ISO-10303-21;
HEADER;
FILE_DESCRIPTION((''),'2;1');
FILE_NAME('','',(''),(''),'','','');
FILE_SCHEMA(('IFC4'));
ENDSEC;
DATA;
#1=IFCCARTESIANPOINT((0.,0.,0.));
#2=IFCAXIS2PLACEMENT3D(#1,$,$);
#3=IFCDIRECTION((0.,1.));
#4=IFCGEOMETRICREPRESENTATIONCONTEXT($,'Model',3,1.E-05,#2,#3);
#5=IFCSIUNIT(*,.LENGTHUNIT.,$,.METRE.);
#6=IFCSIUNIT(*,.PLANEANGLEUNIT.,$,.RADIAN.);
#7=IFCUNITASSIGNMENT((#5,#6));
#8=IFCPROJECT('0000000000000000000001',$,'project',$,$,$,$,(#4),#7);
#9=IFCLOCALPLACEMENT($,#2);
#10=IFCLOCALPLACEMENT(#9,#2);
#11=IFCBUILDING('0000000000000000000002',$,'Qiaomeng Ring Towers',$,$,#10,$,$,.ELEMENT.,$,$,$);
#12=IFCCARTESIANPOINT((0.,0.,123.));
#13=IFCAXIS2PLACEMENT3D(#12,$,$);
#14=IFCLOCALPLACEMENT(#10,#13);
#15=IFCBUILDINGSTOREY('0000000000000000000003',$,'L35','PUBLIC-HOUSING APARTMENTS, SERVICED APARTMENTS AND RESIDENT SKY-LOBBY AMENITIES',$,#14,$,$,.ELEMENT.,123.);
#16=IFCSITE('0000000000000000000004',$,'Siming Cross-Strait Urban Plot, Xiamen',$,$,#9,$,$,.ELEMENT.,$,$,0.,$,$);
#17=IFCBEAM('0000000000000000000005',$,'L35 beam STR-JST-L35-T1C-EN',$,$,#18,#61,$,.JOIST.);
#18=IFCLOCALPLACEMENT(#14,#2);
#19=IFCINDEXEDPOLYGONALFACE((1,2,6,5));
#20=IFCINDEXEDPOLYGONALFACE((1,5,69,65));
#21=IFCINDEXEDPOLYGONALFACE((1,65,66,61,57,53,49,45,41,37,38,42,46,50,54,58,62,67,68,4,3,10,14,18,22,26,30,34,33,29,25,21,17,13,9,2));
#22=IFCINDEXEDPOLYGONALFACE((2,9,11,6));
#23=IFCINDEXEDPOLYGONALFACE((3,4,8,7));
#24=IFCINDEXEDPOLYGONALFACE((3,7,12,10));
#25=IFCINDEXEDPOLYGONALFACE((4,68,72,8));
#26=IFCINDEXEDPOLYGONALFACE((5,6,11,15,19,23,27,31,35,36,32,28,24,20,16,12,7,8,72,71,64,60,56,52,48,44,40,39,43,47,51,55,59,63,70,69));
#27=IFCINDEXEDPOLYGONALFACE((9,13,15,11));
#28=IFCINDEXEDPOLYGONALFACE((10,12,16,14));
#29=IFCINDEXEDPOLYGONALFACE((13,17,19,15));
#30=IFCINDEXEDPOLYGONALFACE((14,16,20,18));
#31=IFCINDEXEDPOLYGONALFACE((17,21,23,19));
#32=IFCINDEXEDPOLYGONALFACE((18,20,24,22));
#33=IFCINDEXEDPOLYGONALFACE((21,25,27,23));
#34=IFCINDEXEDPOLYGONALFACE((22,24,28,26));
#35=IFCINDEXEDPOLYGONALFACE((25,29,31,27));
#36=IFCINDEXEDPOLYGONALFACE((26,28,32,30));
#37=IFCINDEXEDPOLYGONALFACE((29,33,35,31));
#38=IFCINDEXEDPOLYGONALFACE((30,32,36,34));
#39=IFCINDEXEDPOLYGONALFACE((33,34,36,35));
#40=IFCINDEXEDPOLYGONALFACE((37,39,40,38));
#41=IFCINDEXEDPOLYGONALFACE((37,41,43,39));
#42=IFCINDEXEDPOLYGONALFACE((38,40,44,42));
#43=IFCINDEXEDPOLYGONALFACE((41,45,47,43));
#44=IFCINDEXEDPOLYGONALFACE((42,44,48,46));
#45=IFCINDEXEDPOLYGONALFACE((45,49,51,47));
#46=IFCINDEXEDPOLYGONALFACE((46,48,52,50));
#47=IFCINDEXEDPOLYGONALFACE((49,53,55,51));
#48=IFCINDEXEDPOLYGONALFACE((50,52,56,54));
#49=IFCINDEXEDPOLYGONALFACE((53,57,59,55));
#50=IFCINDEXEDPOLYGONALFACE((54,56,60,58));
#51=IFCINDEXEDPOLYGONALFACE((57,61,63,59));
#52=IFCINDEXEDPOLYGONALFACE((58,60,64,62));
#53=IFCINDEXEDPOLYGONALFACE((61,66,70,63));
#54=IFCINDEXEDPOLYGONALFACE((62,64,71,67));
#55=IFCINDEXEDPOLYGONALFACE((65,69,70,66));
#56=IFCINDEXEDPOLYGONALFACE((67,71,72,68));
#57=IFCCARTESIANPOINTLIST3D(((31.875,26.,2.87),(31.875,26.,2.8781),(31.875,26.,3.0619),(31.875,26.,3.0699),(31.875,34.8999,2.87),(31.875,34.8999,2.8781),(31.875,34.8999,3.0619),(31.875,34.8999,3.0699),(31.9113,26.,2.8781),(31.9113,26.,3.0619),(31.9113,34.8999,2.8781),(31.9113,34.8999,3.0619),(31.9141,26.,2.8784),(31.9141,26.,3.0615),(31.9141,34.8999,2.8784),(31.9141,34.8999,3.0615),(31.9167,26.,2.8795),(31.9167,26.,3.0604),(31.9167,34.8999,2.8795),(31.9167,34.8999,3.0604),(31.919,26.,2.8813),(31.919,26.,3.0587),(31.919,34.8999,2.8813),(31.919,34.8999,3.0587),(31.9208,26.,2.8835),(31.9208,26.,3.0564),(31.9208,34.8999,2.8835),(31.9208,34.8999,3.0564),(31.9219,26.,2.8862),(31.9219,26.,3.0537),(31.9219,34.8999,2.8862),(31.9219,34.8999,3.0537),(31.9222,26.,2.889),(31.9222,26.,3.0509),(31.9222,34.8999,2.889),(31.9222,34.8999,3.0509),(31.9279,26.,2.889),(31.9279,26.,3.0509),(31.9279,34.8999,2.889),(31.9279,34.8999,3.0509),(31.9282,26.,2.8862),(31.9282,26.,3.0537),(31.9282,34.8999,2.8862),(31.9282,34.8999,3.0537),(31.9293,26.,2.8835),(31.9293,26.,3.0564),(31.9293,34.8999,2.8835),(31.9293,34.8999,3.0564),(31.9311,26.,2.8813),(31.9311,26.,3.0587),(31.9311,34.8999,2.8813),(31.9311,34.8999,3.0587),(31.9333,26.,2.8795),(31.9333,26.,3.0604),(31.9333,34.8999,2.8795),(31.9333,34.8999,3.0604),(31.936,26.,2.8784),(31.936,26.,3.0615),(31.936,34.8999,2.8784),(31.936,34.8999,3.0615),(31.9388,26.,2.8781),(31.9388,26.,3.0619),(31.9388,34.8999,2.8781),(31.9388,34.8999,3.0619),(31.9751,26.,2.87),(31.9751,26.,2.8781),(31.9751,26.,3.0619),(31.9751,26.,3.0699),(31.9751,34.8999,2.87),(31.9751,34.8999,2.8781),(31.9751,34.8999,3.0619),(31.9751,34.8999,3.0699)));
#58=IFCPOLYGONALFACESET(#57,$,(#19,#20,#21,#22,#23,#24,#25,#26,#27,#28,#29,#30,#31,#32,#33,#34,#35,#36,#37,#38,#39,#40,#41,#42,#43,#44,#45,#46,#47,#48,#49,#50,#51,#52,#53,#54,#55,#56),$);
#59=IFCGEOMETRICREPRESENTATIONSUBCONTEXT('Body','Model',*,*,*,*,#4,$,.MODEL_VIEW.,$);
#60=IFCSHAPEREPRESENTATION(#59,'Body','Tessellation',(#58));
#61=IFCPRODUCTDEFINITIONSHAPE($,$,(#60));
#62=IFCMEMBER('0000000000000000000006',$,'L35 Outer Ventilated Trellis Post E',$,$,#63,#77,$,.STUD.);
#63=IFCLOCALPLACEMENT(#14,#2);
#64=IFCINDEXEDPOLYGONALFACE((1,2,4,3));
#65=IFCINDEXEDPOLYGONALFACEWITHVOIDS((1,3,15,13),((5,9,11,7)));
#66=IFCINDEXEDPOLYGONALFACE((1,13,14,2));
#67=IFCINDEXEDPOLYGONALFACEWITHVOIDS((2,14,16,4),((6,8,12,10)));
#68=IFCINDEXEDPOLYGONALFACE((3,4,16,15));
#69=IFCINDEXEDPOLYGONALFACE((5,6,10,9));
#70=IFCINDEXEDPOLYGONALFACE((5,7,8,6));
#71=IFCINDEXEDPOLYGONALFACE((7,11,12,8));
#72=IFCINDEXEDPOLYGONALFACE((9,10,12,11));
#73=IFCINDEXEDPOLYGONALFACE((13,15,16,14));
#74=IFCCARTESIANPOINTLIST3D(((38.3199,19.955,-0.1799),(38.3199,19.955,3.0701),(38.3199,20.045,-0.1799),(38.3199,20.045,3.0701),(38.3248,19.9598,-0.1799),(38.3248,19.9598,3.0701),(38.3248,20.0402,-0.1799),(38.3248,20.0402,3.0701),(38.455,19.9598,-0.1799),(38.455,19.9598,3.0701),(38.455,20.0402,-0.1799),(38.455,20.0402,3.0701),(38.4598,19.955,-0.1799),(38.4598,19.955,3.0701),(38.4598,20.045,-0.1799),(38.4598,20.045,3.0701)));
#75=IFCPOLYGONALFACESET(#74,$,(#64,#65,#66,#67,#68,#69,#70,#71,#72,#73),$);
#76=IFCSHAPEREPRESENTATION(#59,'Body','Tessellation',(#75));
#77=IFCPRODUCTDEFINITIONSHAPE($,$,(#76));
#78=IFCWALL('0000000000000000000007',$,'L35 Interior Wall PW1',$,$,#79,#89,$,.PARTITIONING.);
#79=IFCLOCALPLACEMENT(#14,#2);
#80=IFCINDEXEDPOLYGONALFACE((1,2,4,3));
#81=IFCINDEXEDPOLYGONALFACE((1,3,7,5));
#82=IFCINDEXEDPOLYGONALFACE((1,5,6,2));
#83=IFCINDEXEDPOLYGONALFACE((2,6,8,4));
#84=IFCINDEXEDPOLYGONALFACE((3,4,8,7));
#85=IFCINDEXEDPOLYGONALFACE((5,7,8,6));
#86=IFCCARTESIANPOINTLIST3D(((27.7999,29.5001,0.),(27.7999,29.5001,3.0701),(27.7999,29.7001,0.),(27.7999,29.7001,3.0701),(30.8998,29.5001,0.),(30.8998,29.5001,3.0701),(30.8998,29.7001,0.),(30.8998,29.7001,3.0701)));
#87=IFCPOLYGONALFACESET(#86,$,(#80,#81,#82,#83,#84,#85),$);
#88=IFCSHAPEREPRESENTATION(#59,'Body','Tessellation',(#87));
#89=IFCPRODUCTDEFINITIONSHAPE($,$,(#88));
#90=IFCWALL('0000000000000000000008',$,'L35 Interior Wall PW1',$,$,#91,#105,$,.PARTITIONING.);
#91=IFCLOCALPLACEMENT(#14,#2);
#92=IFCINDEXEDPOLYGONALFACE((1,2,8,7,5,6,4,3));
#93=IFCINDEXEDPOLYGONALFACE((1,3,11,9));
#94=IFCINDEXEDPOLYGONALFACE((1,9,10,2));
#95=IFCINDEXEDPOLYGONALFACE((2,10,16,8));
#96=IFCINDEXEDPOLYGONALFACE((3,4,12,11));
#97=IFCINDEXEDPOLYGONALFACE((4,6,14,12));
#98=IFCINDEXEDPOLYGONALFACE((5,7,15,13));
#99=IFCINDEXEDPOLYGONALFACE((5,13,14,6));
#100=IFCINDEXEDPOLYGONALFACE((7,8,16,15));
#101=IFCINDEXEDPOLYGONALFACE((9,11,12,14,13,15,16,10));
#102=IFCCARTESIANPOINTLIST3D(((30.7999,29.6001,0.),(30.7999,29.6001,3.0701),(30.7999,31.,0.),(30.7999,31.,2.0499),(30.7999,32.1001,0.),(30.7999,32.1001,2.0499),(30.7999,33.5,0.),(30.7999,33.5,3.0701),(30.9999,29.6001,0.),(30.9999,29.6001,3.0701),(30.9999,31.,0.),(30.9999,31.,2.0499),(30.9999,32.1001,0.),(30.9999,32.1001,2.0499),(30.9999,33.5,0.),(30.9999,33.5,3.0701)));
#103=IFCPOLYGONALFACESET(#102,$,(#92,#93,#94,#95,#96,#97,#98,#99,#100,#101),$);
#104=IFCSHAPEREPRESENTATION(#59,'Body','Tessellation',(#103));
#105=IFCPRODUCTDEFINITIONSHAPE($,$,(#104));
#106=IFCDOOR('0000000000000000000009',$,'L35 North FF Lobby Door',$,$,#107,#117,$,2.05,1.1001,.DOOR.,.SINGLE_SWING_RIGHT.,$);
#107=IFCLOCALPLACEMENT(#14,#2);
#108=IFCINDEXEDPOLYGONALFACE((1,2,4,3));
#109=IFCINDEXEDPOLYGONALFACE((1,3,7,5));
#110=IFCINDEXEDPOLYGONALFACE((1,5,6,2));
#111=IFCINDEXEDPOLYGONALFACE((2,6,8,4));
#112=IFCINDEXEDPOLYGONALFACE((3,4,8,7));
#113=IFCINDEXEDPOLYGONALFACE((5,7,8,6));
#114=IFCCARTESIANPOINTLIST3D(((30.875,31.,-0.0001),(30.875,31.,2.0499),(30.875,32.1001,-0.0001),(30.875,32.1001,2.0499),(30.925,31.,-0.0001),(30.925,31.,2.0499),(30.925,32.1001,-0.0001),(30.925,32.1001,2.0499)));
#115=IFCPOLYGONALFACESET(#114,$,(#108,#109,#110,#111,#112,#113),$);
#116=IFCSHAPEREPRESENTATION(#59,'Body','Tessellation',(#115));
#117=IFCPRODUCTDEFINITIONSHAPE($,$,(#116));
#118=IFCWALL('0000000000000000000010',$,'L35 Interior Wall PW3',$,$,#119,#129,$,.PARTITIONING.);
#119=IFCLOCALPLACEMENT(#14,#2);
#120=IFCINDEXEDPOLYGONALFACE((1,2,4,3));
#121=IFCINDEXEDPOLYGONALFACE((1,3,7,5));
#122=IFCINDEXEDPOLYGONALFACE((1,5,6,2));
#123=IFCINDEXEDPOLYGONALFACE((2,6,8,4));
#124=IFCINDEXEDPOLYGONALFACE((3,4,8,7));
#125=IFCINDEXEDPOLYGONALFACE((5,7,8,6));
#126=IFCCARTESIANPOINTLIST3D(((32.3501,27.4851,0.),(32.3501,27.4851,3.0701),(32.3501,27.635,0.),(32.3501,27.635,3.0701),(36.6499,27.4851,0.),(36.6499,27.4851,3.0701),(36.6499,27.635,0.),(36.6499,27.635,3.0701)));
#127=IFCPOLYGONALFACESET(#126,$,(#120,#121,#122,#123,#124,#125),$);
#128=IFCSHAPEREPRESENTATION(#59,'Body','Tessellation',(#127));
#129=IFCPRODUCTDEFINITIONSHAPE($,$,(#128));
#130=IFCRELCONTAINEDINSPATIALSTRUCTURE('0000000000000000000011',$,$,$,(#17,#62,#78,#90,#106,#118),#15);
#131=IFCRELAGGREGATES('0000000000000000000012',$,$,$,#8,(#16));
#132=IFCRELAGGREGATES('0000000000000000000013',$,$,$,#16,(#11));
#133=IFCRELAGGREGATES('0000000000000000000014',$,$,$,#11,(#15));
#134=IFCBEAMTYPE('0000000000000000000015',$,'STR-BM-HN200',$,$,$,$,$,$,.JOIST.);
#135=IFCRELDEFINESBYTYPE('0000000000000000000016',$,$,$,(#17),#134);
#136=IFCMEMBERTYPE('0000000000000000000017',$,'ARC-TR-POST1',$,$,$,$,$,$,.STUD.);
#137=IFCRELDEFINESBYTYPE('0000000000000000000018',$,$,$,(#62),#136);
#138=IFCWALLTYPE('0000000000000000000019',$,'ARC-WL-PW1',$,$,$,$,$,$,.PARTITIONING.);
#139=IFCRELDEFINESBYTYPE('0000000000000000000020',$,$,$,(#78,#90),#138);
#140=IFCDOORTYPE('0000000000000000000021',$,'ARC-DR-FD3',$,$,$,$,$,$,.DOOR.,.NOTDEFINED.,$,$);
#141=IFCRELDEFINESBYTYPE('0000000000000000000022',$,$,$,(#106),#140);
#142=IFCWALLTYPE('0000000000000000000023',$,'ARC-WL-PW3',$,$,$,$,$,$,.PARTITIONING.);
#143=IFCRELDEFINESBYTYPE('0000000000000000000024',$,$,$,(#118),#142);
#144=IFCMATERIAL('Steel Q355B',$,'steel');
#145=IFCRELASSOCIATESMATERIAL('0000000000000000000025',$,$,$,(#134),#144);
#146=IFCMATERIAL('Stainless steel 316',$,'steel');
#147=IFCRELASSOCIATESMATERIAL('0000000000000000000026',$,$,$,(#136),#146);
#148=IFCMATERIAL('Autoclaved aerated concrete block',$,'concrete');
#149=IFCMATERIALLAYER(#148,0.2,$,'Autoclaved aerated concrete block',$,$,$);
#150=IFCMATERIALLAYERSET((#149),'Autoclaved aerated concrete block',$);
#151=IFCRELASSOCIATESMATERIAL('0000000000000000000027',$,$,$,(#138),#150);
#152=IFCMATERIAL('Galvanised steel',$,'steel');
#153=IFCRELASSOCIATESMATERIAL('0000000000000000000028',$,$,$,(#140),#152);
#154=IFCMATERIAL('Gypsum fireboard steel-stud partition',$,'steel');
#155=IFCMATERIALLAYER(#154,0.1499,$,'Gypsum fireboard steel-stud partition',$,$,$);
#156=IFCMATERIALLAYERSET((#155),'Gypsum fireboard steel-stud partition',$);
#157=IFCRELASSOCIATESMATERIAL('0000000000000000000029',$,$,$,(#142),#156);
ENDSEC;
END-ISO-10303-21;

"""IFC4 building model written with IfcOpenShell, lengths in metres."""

from ifc_helpers import new_model, si_unit, direction, frame, frame_2d, origin, origin_2d, place, context, subcontext, project, spatial, rectangle, hollow_rectangle, i_section, extrude, source, transform, mapped, material, layer, layer_set, material_profile, profile_set, type_object, element, fill, save


model = new_model("IFC4")

# Units and contexts
model_context = context("Model", 3, precision=1e-05, world=origin(), true_north=direction((0.0, 1.0)))
body_context = subcontext(model_context, "Body", "Model", "MODEL_VIEW")
ifc_project = project(units=[si_unit("LENGTHUNIT", "METRE"), si_unit("PLANEANGLEUNIT", "RADIAN")], contexts=[model_context])

# Site, building, storey
site_placement = place(None, origin())
site = spatial("IfcSite", under=ifc_project, at=site_placement, Name="Siming Cross-Strait Urban Plot, Xiamen", CompositionType="ELEMENT", RefElevation=0.0)
building_placement = place(site_placement, origin())
building = spatial("IfcBuilding", under=site, at=building_placement, Name="Qiaomeng Ring Towers", CompositionType="ELEMENT")
storey_placement = place(building_placement, frame((0.0, 0.0, 123.0)))
storey = spatial("IfcBuildingStorey", under=building, at=storey_placement, Name="L35", Description="PUBLIC-HOUSING APARTMENTS, SERVICED APARTMENTS AND RESIDENT SKY-LOBBY AMENITIES", CompositionType="ELEMENT", Elevation=123.0)

# Beam
ifc_material_1 = material(Name="Steel Q355B", Category="steel")
ifc_material_profile_1 = material_profile(ifc_material_1, i_section(OverallWidth=0.1001, OverallDepth=0.2, WebThickness=0.0056, FlangeThickness=0.0081, FilletRadius=0.011, at=origin_2d()), Name="HN 200x100x5.5x8")
ifc_profile_set_1 = profile_set([ifc_material_profile_1], Name="Steel Q355B")
beam_type_1 = type_object("IfcBeamType", Name="STR-BM-HN200", PredefinedType="JOIST", material=ifc_profile_set_1)
shared_shape_1 = source(origin(), body_context, "Body", "SweptSolid", [
    extrude(i_section(OverallWidth=0.1001, OverallDepth=0.2, WebThickness=0.0056, FlangeThickness=0.0081, FilletRadius=0.011, at=origin_2d()), origin(), (0.0, 0.0, 1.0), 8.8999),
])
beam_1_placement = place(storey_placement, frame((31.925, 26.0, 2.97), z_axis=(0.0, 1.0, 0.0), x_axis=(-1.0, 0.0, 0.0)))
element("IfcBeam", 1, at=beam_1_placement, inside=storey, type_object=beam_type_1, Name="L35 beam STR-JST-L35-T1C-EN", PredefinedType="JOIST", context=body_context, shape_type="MappedRepresentation", body=[
    mapped(shared_shape_1, transform((0.0, 0.0, 0.0), x_axis=(1.0, 0.0, 0.0), y_axis=(0.0, 1.0, 0.0), z_axis=(0.0, 0.0, 1.0), scale=1.0)),
])

# Member
ifc_material_2 = material(Name="Stainless steel 316", Category="steel")
ifc_material_profile_2 = material_profile(ifc_material_2, hollow_rectangle(XDim=0.0901, YDim=0.1399, WallThickness=0.0049, at=origin_2d()), Name="SS TRELLIS 90x140")
ifc_profile_set_2 = profile_set([ifc_material_profile_2], Name="Stainless steel 316")
member_type = type_object("IfcMemberType", Name="ARC-TR-POST1", PredefinedType="STUD", material=ifc_profile_set_2)
shared_shape_2 = source(origin(), body_context, "Body", "SweptSolid", [
    extrude(hollow_rectangle(XDim=0.0901, YDim=0.1399, WallThickness=0.0049, at=origin_2d()), origin(), (0.0, 0.0, 1.0), 3.25),
])
member_placement = place(storey_placement, frame((38.3899, 20.0, -0.1799), z_axis=(0.0, 0.0, 1.0), x_axis=(0.0, 1.0, 0.0)))
element("IfcMember", 2, at=member_placement, inside=storey, type_object=member_type, Name="L35 Outer Ventilated Trellis Post E", PredefinedType="STUD", context=body_context, shape_type="MappedRepresentation", body=[
    mapped(shared_shape_2, transform((0.0, 0.0, 0.0), x_axis=(1.0, 0.0, 0.0), y_axis=(0.0, 1.0, 0.0), z_axis=(0.0, 0.0, 1.0), scale=1.0)),
])

# Wall
ifc_material_3 = material(Name="Autoclaved aerated concrete block", Category="concrete")
ifc_layer_1 = layer(ifc_material_3, 0.2, Name="Autoclaved aerated concrete block")
ifc_layer_set_1 = layer_set([ifc_layer_1], Name="Autoclaved aerated concrete block")
wall_type_1 = type_object("IfcWallType", Name="ARC-WL-PW1", PredefinedType="PARTITIONING", material=ifc_layer_set_1)
wall_1_placement = place(storey_placement, frame((27.8, 29.6001, 0.0), z_axis=(0.0, 0.0, 1.0), x_axis=(1.0, 0.0, 0.0)))
element("IfcWall", 3, at=wall_1_placement, inside=storey, type_object=wall_type_1, Name="L35 Interior Wall PW1", PredefinedType="PARTITIONING", context=body_context, shape_type="SweptSolid", body=[
    extrude(rectangle(XDim=3.0999, YDim=0.2, at=frame_2d((1.5498, 0.0))), origin(), (0.0, 0.0, 1.0), 3.0701),
])

# Wall, opening, door
wall_2_placement = place(storey_placement, frame((30.8999, 29.6001, 0.0), z_axis=(0.0, 0.0, 1.0), x_axis=(0.0, 1.0, 0.0)))
wall_2 = element("IfcWall", 4, at=wall_2_placement, inside=storey, type_object=wall_type_1, Name="L35 Interior Wall PW1", PredefinedType="PARTITIONING", context=body_context, shape_type="SweptSolid", body=[
    extrude(rectangle(XDim=3.8999, YDim=0.2, at=frame_2d((1.95, 0.0))), origin(), (0.0, 0.0, 1.0), 3.0701),
])
opening_1_placement = place(wall_2_placement, frame((1.3999, 0.0, 0.0)))
opening_1 = element("IfcOpeningElement", 5, at=opening_1_placement, cuts=wall_2, PredefinedType="OPENING", context=body_context, shape_type="SweptSolid", body=[
    extrude(rectangle(XDim=1.1001, YDim=2.05, at=frame_2d((0.55, 1.0249))), frame((0.0, 0.1099, 0.0), z_axis=(0.0, -1.0, 0.0), x_axis=(1.0, 0.0, 0.0)), (0.0, 0.0, 1.0), 0.22),
])
ifc_material_4 = material(Name="Galvanised steel", Category="steel")
door_type_1 = type_object("IfcDoorType", Name="ARC-DR-FD3", OperationType="NOTDEFINED", PredefinedType="DOOR", material=ifc_material_4)
shared_shape_3 = source(origin(), body_context, "Body", "SweptSolid", [
    extrude(rectangle(XDim=1.1001, YDim=2.05, at=frame_2d((0.55, 1.0249))), frame((0.0, 0.0249, 0.0), z_axis=(0.0, -1.0, 0.0), x_axis=(1.0, 0.0, 0.0)), (0.0, 0.0, 1.0), 0.05),
])
door_1_placement = place(opening_1_placement, origin())
door_1 = element("IfcDoor", 6, at=door_1_placement, inside=storey, type_object=door_type_1, Name="L35 North FF Lobby Door", OperationType="SINGLE_SWING_RIGHT", OverallHeight=2.05, OverallWidth=1.1001, PredefinedType="DOOR", context=body_context, shape_type="MappedRepresentation", body=[
    mapped(shared_shape_3, transform((0.0, 0.0, 0.0), x_axis=(1.0, 0.0, 0.0), y_axis=(0.0, 1.0, 0.0), z_axis=(0.0, 0.0, 1.0), scale=1.0)),
])
fill(opening_1, door_1)

# Wall
ifc_material_5 = material(Name="Gypsum fireboard steel-stud partition", Category="steel")
ifc_layer_2 = layer(ifc_material_5, 0.1499, Name="Gypsum fireboard steel-stud partition")
ifc_layer_set_2 = layer_set([ifc_layer_2], Name="Gypsum fireboard steel-stud partition")
wall_type_2 = type_object("IfcWallType", Name="ARC-WL-PW3", PredefinedType="PARTITIONING", material=ifc_layer_set_2)
wall_3_placement = place(storey_placement, frame((32.3501, 27.5601, 0.0), z_axis=(0.0, 0.0, 1.0), x_axis=(1.0, 0.0, 0.0)))
element("IfcWall", 7, at=wall_3_placement, inside=storey, type_object=wall_type_2, Name="L35 Interior Wall PW3", PredefinedType="PARTITIONING", context=body_context, shape_type="SweptSolid", body=[
    extrude(rectangle(XDim=4.2998, YDim=0.1499, at=frame_2d((2.1499, 0.0))), origin(), (0.0, 0.0, 1.0), 3.0701),
])

save(model, "model.ifc")
